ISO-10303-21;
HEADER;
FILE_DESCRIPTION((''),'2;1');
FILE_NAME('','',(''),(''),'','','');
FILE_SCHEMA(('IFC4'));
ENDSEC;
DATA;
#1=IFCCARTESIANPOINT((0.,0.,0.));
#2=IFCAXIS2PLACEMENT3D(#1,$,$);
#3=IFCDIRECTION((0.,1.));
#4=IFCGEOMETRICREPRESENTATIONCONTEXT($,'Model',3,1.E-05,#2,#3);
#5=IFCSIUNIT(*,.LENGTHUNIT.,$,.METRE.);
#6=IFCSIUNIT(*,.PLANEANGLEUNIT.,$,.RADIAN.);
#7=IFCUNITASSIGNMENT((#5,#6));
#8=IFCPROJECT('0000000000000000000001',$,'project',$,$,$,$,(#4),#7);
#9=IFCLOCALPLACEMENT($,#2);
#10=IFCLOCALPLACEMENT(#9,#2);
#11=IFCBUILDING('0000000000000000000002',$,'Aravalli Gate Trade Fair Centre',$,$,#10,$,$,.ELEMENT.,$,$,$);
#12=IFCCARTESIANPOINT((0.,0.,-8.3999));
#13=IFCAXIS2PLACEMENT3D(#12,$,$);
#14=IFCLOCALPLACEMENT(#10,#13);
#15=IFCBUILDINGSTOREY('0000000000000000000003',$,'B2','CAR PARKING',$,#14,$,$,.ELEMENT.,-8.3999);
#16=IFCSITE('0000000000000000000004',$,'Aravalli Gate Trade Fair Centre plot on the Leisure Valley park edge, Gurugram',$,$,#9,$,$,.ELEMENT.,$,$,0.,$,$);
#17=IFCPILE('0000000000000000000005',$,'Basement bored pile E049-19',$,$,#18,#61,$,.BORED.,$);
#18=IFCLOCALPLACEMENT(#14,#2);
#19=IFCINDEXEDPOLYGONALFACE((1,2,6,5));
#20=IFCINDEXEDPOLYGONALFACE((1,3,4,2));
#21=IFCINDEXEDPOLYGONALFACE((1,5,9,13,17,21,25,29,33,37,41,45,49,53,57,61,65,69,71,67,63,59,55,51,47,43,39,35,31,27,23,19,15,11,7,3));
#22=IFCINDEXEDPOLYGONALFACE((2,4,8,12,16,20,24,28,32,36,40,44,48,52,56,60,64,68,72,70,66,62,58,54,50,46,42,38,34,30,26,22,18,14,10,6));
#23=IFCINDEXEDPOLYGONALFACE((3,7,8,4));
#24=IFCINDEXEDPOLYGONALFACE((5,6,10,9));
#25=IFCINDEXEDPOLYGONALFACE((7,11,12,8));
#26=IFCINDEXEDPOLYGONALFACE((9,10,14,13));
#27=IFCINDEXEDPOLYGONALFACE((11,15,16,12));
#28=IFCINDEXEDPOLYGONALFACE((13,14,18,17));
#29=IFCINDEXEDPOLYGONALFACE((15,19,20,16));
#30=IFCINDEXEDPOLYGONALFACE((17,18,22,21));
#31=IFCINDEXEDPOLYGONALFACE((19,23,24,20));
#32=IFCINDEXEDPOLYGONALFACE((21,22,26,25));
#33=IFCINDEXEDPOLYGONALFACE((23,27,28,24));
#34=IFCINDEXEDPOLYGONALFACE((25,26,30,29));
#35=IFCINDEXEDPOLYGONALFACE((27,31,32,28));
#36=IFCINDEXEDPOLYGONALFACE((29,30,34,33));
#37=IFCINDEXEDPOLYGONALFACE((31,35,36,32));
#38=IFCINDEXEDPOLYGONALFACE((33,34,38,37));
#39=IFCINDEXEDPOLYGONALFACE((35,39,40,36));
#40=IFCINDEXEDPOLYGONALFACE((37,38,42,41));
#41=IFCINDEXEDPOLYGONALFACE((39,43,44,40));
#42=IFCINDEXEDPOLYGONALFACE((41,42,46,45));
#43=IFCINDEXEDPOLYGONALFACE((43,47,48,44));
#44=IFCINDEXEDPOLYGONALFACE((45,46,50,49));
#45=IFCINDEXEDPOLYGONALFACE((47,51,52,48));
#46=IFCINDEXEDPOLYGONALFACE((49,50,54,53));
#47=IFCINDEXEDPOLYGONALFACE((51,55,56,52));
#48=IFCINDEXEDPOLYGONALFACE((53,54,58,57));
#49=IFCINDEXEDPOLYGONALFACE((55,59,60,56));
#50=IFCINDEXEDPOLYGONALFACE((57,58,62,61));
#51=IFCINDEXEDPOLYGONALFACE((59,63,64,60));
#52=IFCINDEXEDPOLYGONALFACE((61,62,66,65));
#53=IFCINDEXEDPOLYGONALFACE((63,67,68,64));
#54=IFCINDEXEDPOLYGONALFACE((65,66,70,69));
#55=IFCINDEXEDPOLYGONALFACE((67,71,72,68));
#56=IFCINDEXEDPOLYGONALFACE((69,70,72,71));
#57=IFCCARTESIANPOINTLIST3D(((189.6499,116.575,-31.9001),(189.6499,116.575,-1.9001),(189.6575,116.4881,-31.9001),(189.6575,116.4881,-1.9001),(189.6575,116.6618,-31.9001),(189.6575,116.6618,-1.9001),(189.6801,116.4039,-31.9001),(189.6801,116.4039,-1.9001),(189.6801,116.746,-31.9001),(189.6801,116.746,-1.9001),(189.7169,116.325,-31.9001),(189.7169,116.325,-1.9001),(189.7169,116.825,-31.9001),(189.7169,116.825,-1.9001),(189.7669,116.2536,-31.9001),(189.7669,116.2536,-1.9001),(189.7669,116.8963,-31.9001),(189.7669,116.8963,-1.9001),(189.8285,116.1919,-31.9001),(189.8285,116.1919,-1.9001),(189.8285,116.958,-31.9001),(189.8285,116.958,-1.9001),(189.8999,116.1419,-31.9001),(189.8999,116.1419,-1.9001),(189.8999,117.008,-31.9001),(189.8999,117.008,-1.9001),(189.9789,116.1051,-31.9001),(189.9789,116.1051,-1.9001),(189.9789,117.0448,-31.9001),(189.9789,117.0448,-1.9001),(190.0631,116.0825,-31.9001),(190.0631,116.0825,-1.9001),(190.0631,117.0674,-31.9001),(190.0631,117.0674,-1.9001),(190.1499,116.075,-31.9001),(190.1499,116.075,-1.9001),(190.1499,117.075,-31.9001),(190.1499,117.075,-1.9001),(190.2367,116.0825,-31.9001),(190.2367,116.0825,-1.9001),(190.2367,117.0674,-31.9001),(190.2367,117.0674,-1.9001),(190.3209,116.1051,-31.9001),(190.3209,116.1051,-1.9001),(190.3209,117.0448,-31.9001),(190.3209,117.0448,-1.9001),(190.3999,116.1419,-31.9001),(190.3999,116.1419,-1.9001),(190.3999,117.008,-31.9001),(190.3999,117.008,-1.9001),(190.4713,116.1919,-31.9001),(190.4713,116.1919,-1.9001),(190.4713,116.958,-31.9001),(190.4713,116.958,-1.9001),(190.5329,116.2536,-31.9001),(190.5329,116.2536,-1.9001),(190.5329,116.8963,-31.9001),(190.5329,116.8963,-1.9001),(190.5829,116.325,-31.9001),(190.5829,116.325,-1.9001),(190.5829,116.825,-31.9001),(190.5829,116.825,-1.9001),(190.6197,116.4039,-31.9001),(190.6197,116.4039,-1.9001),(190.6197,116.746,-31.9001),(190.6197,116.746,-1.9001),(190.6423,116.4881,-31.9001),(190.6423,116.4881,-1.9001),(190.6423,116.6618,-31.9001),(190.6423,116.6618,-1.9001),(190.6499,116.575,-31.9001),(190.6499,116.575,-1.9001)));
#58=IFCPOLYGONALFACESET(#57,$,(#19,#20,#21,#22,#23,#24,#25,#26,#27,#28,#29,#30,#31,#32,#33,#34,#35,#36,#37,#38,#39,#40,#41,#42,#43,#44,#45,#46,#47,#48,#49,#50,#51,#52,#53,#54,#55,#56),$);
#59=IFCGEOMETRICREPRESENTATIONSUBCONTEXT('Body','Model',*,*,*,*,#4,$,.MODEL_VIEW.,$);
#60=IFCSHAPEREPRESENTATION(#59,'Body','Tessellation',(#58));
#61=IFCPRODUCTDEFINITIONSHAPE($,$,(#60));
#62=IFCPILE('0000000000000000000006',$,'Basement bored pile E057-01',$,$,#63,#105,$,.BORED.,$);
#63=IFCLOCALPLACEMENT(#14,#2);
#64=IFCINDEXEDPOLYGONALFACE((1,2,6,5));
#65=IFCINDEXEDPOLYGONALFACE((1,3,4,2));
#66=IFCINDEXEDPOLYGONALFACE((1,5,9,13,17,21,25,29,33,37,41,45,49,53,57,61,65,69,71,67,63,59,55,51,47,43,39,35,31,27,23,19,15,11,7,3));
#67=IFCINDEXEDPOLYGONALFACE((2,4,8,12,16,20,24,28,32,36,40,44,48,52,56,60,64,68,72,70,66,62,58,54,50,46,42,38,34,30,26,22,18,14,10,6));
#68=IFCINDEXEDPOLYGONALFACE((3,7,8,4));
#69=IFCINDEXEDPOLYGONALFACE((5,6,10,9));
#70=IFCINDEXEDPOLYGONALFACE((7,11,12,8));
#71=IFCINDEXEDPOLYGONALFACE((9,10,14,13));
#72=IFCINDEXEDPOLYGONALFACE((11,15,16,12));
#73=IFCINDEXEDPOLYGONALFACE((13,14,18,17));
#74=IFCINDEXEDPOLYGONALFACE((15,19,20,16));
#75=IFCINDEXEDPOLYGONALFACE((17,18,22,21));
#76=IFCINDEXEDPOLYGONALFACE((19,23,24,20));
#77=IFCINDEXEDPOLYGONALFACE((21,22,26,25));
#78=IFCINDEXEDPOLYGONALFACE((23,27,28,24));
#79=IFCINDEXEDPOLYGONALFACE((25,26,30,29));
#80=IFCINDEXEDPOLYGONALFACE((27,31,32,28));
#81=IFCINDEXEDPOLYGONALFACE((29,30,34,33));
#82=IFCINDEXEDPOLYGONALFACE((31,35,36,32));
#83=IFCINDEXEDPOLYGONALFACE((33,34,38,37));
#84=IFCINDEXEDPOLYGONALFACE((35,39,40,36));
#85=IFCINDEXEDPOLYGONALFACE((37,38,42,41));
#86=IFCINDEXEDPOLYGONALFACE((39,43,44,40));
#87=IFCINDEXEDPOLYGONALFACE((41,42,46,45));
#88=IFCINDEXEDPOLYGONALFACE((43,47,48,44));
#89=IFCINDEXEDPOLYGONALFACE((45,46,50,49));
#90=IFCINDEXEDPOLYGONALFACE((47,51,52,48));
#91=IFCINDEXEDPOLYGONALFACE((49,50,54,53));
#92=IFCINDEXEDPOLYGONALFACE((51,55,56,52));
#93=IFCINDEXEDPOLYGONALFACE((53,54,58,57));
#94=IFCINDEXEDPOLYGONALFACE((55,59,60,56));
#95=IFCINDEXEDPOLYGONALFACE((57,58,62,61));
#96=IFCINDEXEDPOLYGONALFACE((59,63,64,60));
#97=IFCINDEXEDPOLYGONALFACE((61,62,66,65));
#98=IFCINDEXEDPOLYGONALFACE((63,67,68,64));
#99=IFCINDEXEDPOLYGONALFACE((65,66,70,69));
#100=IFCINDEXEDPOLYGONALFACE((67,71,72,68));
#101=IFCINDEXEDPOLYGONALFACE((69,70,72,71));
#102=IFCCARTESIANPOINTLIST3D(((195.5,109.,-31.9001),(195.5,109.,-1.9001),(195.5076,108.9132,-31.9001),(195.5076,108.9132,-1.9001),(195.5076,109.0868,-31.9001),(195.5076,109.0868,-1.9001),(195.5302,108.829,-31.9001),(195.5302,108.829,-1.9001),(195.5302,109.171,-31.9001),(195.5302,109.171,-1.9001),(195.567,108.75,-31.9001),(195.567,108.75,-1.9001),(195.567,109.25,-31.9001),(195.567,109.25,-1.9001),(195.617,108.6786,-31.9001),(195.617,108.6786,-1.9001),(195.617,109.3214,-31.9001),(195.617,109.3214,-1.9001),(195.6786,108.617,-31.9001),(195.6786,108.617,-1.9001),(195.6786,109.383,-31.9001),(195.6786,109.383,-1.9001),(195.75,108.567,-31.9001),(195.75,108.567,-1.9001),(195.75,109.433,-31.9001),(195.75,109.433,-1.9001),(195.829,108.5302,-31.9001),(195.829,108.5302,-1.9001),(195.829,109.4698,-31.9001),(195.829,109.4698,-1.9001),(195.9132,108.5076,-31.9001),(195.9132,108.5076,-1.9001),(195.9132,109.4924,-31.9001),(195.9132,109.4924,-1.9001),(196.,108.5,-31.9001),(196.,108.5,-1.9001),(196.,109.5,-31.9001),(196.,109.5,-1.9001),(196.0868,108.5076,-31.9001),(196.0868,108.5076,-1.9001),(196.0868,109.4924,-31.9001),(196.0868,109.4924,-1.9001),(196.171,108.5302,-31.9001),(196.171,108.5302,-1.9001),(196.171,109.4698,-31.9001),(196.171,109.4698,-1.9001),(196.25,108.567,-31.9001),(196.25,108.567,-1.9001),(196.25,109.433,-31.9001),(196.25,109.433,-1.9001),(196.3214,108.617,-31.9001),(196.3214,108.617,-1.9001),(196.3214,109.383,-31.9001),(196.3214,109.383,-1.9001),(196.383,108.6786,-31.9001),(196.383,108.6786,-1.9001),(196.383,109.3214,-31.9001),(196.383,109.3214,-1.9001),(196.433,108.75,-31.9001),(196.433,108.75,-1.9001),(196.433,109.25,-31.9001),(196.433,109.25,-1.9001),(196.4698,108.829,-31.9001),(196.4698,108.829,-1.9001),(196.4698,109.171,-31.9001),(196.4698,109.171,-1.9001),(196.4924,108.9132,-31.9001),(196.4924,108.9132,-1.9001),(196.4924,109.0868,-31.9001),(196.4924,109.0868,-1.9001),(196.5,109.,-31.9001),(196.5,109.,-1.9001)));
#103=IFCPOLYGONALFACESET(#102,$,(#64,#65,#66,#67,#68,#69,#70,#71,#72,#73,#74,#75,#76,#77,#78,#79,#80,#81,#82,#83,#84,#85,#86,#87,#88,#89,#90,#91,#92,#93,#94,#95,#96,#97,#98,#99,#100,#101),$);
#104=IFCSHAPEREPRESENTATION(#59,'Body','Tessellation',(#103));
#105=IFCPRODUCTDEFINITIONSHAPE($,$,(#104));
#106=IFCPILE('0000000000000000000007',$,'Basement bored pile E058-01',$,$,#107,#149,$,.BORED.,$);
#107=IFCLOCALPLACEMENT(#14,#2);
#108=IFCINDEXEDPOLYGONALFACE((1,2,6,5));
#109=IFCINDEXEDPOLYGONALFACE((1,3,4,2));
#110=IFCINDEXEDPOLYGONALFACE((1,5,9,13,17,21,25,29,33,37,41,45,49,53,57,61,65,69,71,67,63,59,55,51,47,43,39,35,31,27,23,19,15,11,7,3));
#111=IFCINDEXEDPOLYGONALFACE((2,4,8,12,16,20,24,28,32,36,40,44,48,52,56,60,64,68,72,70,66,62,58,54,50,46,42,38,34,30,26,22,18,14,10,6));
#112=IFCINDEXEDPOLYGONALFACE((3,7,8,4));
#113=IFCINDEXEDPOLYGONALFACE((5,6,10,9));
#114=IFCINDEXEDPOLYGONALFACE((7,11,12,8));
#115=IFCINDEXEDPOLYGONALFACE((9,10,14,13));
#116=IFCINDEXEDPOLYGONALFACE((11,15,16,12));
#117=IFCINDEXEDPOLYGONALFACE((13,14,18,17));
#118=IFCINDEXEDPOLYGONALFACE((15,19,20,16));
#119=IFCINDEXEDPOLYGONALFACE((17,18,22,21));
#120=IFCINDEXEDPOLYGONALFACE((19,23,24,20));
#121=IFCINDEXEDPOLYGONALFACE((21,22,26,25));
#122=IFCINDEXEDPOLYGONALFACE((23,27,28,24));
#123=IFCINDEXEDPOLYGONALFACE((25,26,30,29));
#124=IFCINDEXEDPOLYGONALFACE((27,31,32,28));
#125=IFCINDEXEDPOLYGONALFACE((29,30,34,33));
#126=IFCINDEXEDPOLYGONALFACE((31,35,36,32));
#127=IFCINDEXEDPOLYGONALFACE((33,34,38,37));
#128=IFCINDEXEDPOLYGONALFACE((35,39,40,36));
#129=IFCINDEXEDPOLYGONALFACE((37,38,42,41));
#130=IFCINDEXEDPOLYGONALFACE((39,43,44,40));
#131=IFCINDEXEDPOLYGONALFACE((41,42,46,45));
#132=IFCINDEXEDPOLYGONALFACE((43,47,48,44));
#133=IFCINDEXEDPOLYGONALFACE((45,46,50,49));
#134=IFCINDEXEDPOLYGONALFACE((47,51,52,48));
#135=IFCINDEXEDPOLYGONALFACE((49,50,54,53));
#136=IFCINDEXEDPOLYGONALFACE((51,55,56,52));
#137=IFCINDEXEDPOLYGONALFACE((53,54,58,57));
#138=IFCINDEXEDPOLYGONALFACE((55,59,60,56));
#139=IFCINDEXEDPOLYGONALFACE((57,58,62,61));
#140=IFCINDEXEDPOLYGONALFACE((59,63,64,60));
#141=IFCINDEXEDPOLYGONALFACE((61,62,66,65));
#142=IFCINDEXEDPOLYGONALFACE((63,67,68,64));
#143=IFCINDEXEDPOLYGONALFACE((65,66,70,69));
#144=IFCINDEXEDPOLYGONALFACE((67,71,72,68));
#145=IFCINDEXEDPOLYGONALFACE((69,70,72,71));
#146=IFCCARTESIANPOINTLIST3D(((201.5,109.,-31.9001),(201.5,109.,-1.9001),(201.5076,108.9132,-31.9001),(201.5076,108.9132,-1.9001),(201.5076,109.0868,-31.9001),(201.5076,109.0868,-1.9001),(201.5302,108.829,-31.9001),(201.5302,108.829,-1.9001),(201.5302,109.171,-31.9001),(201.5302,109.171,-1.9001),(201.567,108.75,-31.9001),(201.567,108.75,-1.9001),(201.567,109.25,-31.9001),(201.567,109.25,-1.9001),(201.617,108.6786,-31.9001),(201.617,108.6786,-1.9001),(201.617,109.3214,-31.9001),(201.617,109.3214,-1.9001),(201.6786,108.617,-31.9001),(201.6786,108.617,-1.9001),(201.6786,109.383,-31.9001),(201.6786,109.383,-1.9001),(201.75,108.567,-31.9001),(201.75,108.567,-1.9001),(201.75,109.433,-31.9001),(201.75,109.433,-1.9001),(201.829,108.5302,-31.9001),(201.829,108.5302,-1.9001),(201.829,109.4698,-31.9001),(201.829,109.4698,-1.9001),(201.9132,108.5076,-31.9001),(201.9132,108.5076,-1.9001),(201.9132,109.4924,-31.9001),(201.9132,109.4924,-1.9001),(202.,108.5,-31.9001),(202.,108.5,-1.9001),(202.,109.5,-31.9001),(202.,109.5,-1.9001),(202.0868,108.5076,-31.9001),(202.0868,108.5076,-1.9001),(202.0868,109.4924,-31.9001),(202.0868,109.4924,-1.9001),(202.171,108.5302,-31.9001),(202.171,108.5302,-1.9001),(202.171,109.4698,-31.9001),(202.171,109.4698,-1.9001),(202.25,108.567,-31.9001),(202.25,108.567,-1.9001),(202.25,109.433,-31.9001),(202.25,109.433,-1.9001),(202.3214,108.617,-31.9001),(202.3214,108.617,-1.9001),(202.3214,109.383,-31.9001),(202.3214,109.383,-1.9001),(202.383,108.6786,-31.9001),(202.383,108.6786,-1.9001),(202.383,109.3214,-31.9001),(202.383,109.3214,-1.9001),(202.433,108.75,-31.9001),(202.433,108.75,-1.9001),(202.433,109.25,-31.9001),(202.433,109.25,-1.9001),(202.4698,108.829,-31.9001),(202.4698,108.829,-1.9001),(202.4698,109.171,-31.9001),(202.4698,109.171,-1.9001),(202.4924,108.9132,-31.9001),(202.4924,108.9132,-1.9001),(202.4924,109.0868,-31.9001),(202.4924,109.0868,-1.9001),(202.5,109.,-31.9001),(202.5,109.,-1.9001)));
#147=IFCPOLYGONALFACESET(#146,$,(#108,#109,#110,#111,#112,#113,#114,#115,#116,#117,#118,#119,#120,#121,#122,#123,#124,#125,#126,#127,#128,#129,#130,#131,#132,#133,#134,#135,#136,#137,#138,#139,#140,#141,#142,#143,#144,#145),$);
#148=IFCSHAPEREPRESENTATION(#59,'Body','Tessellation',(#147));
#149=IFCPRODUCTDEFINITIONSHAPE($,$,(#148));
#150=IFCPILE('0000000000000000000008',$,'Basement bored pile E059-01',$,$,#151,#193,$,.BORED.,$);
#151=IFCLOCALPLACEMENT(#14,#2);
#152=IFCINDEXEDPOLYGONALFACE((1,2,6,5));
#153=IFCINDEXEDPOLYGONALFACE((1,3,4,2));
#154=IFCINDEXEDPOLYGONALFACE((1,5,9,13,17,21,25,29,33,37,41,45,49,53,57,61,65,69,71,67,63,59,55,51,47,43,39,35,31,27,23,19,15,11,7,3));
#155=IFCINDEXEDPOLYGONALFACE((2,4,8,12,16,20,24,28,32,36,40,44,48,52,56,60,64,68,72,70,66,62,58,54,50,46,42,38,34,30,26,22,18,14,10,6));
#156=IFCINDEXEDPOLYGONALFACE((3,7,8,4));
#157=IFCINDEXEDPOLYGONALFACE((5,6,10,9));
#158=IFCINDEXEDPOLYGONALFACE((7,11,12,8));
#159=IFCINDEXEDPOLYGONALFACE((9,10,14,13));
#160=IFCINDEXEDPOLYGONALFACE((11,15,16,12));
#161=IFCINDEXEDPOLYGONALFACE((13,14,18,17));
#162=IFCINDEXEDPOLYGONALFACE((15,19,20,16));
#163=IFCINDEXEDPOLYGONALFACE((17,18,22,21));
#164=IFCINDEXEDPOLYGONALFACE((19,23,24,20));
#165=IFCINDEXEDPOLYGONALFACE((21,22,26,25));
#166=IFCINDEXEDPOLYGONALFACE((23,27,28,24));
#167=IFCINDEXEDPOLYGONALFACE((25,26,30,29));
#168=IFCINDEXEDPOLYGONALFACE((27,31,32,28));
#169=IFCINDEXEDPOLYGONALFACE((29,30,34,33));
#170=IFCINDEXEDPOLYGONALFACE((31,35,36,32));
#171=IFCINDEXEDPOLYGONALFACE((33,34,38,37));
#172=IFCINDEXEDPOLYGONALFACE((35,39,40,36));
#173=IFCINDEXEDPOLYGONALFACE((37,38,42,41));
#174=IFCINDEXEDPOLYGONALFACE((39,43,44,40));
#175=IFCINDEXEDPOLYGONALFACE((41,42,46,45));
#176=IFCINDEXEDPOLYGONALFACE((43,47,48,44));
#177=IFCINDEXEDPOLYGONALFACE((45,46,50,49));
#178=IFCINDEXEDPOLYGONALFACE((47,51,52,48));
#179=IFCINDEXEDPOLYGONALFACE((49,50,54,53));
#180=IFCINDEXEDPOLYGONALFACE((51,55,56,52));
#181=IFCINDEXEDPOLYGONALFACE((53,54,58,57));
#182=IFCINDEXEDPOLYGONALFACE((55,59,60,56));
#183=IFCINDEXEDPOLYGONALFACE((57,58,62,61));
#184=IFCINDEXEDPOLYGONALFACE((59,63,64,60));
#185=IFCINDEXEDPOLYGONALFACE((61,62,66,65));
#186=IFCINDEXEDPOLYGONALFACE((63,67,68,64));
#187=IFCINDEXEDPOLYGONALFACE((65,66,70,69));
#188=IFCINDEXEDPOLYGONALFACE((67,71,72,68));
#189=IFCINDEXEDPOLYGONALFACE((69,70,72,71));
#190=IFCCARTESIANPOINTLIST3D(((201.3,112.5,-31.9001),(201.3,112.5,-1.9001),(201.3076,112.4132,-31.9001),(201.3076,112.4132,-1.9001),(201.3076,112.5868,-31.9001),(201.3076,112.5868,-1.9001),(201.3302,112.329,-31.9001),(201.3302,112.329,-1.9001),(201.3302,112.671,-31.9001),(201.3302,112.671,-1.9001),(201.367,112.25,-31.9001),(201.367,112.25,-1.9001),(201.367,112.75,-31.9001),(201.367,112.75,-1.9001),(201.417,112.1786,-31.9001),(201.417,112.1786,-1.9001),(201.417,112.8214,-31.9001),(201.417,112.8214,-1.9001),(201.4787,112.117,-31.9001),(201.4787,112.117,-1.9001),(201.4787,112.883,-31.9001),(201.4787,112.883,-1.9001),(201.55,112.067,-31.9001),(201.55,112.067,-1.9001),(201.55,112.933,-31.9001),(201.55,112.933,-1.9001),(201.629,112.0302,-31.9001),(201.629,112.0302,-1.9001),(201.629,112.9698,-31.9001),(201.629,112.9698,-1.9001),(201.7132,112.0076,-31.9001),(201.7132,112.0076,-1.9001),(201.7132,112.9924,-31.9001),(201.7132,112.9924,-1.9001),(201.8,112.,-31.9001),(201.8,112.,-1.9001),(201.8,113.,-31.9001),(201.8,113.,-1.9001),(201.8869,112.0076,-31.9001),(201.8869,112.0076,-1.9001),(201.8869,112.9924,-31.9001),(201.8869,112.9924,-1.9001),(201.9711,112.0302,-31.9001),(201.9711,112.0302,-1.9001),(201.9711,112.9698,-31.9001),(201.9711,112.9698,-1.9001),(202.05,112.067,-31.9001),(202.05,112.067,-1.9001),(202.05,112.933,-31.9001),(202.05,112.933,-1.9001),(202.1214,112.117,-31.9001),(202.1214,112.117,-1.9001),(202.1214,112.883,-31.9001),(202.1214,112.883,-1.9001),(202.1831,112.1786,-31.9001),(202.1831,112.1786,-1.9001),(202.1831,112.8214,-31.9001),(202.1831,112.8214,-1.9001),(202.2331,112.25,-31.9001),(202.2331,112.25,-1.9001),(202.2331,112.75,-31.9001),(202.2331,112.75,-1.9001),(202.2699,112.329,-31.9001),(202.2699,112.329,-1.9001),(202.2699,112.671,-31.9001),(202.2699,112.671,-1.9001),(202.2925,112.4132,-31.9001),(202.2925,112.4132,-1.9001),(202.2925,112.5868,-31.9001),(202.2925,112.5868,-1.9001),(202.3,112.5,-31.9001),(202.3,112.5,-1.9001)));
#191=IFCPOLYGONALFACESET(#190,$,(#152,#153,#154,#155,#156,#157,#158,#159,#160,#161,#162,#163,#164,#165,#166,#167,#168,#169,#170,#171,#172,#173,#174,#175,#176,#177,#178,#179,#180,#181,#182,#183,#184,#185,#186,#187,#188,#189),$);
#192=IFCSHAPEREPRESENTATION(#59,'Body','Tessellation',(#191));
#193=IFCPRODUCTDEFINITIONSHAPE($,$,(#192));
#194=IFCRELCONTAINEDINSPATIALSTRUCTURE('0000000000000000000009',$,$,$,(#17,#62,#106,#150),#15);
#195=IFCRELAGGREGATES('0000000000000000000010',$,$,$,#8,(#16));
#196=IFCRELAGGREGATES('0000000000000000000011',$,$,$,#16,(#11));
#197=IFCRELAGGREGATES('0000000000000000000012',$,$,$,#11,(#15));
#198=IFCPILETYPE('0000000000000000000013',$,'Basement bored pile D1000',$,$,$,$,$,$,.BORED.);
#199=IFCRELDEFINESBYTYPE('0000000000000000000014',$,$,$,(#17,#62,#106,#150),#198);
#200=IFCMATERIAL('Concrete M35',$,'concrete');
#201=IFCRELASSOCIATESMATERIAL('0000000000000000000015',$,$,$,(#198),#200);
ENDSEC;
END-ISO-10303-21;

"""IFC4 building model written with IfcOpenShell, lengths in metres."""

from ifc_helpers import new_model, si_unit, direction, frame, origin, origin_2d, place, context, subcontext, project, spatial, circle, extrude, material, material_profile, profile_set, type_object, element, save


model = new_model("IFC4")

# Units and contexts
model_context = context("Model", 3, precision=1e-05, world=origin(), true_north=direction((0.0, 1.0)))
body_context = subcontext(model_context, "Body", "Model", "MODEL_VIEW")
ifc_project = project(units=[si_unit("LENGTHUNIT", "METRE"), si_unit("PLANEANGLEUNIT", "RADIAN")], contexts=[model_context])

# Site, building, storey
site_placement = place(None, origin())
site = spatial("IfcSite", under=ifc_project, at=site_placement, Name="Aravalli Gate Trade Fair Centre plot on the Leisure Valley park edge, Gurugram", CompositionType="ELEMENT", RefElevation=0.0)
building_placement = place(site_placement, origin())
building = spatial("IfcBuilding", under=site, at=building_placement, Name="Aravalli Gate Trade Fair Centre", CompositionType="ELEMENT")
storey_placement = place(building_placement, frame((0.0, 0.0, -8.3999)))
storey = spatial("IfcBuildingStorey", under=building, at=storey_placement, Name="B2", Description="CAR PARKING", CompositionType="ELEMENT", Elevation=-8.3999)

# Piles
ifc_material_1 = material(Name="Concrete M35", Category="concrete")
ifc_material_profile_1 = material_profile(ifc_material_1, circle(Radius=0.5, at=origin_2d()), Name="D1000")
ifc_profile_set_1 = profile_set([ifc_material_profile_1], Name="Concrete M35")
pile_type = type_object("IfcPileType", Name="Basement bored pile D1000", PredefinedType="BORED", material=ifc_profile_set_1)
for number, where, z_axis, x_axis, name in (
    (1, (190.1499, 116.575, -1.9001), (0.0, 0.0, -1.0), (1.0, 0.0, 0.0), "Basement bored pile E049-19"),
    (2, (196.0, 109.0, -1.9001), (0.0, 0.0, -1.0), (1.0, 0.0, 0.0), "Basement bored pile E057-01"),
    (3, (202.0, 109.0, -1.9001), (0.0, 0.0, -1.0), (1.0, 0.0, 0.0), "Basement bored pile E058-01"),
    (4, (201.8, 112.5, -1.9001), (0.0, 0.0, -1.0), (1.0, 0.0, 0.0), "Basement bored pile E059-01"),
):
    element("IfcPile", number, at=place(storey_placement, frame(where, z_axis=z_axis, x_axis=x_axis)), inside=storey, type_object=pile_type, Name=name, PredefinedType="BORED", context=body_context, shape_type="SweptSolid", body=[
        extrude(circle(Radius=0.5, at=origin_2d()), origin(), (0.0, 0.0, 1.0), 30.0),
    ])

save(model, "model.ifc")
